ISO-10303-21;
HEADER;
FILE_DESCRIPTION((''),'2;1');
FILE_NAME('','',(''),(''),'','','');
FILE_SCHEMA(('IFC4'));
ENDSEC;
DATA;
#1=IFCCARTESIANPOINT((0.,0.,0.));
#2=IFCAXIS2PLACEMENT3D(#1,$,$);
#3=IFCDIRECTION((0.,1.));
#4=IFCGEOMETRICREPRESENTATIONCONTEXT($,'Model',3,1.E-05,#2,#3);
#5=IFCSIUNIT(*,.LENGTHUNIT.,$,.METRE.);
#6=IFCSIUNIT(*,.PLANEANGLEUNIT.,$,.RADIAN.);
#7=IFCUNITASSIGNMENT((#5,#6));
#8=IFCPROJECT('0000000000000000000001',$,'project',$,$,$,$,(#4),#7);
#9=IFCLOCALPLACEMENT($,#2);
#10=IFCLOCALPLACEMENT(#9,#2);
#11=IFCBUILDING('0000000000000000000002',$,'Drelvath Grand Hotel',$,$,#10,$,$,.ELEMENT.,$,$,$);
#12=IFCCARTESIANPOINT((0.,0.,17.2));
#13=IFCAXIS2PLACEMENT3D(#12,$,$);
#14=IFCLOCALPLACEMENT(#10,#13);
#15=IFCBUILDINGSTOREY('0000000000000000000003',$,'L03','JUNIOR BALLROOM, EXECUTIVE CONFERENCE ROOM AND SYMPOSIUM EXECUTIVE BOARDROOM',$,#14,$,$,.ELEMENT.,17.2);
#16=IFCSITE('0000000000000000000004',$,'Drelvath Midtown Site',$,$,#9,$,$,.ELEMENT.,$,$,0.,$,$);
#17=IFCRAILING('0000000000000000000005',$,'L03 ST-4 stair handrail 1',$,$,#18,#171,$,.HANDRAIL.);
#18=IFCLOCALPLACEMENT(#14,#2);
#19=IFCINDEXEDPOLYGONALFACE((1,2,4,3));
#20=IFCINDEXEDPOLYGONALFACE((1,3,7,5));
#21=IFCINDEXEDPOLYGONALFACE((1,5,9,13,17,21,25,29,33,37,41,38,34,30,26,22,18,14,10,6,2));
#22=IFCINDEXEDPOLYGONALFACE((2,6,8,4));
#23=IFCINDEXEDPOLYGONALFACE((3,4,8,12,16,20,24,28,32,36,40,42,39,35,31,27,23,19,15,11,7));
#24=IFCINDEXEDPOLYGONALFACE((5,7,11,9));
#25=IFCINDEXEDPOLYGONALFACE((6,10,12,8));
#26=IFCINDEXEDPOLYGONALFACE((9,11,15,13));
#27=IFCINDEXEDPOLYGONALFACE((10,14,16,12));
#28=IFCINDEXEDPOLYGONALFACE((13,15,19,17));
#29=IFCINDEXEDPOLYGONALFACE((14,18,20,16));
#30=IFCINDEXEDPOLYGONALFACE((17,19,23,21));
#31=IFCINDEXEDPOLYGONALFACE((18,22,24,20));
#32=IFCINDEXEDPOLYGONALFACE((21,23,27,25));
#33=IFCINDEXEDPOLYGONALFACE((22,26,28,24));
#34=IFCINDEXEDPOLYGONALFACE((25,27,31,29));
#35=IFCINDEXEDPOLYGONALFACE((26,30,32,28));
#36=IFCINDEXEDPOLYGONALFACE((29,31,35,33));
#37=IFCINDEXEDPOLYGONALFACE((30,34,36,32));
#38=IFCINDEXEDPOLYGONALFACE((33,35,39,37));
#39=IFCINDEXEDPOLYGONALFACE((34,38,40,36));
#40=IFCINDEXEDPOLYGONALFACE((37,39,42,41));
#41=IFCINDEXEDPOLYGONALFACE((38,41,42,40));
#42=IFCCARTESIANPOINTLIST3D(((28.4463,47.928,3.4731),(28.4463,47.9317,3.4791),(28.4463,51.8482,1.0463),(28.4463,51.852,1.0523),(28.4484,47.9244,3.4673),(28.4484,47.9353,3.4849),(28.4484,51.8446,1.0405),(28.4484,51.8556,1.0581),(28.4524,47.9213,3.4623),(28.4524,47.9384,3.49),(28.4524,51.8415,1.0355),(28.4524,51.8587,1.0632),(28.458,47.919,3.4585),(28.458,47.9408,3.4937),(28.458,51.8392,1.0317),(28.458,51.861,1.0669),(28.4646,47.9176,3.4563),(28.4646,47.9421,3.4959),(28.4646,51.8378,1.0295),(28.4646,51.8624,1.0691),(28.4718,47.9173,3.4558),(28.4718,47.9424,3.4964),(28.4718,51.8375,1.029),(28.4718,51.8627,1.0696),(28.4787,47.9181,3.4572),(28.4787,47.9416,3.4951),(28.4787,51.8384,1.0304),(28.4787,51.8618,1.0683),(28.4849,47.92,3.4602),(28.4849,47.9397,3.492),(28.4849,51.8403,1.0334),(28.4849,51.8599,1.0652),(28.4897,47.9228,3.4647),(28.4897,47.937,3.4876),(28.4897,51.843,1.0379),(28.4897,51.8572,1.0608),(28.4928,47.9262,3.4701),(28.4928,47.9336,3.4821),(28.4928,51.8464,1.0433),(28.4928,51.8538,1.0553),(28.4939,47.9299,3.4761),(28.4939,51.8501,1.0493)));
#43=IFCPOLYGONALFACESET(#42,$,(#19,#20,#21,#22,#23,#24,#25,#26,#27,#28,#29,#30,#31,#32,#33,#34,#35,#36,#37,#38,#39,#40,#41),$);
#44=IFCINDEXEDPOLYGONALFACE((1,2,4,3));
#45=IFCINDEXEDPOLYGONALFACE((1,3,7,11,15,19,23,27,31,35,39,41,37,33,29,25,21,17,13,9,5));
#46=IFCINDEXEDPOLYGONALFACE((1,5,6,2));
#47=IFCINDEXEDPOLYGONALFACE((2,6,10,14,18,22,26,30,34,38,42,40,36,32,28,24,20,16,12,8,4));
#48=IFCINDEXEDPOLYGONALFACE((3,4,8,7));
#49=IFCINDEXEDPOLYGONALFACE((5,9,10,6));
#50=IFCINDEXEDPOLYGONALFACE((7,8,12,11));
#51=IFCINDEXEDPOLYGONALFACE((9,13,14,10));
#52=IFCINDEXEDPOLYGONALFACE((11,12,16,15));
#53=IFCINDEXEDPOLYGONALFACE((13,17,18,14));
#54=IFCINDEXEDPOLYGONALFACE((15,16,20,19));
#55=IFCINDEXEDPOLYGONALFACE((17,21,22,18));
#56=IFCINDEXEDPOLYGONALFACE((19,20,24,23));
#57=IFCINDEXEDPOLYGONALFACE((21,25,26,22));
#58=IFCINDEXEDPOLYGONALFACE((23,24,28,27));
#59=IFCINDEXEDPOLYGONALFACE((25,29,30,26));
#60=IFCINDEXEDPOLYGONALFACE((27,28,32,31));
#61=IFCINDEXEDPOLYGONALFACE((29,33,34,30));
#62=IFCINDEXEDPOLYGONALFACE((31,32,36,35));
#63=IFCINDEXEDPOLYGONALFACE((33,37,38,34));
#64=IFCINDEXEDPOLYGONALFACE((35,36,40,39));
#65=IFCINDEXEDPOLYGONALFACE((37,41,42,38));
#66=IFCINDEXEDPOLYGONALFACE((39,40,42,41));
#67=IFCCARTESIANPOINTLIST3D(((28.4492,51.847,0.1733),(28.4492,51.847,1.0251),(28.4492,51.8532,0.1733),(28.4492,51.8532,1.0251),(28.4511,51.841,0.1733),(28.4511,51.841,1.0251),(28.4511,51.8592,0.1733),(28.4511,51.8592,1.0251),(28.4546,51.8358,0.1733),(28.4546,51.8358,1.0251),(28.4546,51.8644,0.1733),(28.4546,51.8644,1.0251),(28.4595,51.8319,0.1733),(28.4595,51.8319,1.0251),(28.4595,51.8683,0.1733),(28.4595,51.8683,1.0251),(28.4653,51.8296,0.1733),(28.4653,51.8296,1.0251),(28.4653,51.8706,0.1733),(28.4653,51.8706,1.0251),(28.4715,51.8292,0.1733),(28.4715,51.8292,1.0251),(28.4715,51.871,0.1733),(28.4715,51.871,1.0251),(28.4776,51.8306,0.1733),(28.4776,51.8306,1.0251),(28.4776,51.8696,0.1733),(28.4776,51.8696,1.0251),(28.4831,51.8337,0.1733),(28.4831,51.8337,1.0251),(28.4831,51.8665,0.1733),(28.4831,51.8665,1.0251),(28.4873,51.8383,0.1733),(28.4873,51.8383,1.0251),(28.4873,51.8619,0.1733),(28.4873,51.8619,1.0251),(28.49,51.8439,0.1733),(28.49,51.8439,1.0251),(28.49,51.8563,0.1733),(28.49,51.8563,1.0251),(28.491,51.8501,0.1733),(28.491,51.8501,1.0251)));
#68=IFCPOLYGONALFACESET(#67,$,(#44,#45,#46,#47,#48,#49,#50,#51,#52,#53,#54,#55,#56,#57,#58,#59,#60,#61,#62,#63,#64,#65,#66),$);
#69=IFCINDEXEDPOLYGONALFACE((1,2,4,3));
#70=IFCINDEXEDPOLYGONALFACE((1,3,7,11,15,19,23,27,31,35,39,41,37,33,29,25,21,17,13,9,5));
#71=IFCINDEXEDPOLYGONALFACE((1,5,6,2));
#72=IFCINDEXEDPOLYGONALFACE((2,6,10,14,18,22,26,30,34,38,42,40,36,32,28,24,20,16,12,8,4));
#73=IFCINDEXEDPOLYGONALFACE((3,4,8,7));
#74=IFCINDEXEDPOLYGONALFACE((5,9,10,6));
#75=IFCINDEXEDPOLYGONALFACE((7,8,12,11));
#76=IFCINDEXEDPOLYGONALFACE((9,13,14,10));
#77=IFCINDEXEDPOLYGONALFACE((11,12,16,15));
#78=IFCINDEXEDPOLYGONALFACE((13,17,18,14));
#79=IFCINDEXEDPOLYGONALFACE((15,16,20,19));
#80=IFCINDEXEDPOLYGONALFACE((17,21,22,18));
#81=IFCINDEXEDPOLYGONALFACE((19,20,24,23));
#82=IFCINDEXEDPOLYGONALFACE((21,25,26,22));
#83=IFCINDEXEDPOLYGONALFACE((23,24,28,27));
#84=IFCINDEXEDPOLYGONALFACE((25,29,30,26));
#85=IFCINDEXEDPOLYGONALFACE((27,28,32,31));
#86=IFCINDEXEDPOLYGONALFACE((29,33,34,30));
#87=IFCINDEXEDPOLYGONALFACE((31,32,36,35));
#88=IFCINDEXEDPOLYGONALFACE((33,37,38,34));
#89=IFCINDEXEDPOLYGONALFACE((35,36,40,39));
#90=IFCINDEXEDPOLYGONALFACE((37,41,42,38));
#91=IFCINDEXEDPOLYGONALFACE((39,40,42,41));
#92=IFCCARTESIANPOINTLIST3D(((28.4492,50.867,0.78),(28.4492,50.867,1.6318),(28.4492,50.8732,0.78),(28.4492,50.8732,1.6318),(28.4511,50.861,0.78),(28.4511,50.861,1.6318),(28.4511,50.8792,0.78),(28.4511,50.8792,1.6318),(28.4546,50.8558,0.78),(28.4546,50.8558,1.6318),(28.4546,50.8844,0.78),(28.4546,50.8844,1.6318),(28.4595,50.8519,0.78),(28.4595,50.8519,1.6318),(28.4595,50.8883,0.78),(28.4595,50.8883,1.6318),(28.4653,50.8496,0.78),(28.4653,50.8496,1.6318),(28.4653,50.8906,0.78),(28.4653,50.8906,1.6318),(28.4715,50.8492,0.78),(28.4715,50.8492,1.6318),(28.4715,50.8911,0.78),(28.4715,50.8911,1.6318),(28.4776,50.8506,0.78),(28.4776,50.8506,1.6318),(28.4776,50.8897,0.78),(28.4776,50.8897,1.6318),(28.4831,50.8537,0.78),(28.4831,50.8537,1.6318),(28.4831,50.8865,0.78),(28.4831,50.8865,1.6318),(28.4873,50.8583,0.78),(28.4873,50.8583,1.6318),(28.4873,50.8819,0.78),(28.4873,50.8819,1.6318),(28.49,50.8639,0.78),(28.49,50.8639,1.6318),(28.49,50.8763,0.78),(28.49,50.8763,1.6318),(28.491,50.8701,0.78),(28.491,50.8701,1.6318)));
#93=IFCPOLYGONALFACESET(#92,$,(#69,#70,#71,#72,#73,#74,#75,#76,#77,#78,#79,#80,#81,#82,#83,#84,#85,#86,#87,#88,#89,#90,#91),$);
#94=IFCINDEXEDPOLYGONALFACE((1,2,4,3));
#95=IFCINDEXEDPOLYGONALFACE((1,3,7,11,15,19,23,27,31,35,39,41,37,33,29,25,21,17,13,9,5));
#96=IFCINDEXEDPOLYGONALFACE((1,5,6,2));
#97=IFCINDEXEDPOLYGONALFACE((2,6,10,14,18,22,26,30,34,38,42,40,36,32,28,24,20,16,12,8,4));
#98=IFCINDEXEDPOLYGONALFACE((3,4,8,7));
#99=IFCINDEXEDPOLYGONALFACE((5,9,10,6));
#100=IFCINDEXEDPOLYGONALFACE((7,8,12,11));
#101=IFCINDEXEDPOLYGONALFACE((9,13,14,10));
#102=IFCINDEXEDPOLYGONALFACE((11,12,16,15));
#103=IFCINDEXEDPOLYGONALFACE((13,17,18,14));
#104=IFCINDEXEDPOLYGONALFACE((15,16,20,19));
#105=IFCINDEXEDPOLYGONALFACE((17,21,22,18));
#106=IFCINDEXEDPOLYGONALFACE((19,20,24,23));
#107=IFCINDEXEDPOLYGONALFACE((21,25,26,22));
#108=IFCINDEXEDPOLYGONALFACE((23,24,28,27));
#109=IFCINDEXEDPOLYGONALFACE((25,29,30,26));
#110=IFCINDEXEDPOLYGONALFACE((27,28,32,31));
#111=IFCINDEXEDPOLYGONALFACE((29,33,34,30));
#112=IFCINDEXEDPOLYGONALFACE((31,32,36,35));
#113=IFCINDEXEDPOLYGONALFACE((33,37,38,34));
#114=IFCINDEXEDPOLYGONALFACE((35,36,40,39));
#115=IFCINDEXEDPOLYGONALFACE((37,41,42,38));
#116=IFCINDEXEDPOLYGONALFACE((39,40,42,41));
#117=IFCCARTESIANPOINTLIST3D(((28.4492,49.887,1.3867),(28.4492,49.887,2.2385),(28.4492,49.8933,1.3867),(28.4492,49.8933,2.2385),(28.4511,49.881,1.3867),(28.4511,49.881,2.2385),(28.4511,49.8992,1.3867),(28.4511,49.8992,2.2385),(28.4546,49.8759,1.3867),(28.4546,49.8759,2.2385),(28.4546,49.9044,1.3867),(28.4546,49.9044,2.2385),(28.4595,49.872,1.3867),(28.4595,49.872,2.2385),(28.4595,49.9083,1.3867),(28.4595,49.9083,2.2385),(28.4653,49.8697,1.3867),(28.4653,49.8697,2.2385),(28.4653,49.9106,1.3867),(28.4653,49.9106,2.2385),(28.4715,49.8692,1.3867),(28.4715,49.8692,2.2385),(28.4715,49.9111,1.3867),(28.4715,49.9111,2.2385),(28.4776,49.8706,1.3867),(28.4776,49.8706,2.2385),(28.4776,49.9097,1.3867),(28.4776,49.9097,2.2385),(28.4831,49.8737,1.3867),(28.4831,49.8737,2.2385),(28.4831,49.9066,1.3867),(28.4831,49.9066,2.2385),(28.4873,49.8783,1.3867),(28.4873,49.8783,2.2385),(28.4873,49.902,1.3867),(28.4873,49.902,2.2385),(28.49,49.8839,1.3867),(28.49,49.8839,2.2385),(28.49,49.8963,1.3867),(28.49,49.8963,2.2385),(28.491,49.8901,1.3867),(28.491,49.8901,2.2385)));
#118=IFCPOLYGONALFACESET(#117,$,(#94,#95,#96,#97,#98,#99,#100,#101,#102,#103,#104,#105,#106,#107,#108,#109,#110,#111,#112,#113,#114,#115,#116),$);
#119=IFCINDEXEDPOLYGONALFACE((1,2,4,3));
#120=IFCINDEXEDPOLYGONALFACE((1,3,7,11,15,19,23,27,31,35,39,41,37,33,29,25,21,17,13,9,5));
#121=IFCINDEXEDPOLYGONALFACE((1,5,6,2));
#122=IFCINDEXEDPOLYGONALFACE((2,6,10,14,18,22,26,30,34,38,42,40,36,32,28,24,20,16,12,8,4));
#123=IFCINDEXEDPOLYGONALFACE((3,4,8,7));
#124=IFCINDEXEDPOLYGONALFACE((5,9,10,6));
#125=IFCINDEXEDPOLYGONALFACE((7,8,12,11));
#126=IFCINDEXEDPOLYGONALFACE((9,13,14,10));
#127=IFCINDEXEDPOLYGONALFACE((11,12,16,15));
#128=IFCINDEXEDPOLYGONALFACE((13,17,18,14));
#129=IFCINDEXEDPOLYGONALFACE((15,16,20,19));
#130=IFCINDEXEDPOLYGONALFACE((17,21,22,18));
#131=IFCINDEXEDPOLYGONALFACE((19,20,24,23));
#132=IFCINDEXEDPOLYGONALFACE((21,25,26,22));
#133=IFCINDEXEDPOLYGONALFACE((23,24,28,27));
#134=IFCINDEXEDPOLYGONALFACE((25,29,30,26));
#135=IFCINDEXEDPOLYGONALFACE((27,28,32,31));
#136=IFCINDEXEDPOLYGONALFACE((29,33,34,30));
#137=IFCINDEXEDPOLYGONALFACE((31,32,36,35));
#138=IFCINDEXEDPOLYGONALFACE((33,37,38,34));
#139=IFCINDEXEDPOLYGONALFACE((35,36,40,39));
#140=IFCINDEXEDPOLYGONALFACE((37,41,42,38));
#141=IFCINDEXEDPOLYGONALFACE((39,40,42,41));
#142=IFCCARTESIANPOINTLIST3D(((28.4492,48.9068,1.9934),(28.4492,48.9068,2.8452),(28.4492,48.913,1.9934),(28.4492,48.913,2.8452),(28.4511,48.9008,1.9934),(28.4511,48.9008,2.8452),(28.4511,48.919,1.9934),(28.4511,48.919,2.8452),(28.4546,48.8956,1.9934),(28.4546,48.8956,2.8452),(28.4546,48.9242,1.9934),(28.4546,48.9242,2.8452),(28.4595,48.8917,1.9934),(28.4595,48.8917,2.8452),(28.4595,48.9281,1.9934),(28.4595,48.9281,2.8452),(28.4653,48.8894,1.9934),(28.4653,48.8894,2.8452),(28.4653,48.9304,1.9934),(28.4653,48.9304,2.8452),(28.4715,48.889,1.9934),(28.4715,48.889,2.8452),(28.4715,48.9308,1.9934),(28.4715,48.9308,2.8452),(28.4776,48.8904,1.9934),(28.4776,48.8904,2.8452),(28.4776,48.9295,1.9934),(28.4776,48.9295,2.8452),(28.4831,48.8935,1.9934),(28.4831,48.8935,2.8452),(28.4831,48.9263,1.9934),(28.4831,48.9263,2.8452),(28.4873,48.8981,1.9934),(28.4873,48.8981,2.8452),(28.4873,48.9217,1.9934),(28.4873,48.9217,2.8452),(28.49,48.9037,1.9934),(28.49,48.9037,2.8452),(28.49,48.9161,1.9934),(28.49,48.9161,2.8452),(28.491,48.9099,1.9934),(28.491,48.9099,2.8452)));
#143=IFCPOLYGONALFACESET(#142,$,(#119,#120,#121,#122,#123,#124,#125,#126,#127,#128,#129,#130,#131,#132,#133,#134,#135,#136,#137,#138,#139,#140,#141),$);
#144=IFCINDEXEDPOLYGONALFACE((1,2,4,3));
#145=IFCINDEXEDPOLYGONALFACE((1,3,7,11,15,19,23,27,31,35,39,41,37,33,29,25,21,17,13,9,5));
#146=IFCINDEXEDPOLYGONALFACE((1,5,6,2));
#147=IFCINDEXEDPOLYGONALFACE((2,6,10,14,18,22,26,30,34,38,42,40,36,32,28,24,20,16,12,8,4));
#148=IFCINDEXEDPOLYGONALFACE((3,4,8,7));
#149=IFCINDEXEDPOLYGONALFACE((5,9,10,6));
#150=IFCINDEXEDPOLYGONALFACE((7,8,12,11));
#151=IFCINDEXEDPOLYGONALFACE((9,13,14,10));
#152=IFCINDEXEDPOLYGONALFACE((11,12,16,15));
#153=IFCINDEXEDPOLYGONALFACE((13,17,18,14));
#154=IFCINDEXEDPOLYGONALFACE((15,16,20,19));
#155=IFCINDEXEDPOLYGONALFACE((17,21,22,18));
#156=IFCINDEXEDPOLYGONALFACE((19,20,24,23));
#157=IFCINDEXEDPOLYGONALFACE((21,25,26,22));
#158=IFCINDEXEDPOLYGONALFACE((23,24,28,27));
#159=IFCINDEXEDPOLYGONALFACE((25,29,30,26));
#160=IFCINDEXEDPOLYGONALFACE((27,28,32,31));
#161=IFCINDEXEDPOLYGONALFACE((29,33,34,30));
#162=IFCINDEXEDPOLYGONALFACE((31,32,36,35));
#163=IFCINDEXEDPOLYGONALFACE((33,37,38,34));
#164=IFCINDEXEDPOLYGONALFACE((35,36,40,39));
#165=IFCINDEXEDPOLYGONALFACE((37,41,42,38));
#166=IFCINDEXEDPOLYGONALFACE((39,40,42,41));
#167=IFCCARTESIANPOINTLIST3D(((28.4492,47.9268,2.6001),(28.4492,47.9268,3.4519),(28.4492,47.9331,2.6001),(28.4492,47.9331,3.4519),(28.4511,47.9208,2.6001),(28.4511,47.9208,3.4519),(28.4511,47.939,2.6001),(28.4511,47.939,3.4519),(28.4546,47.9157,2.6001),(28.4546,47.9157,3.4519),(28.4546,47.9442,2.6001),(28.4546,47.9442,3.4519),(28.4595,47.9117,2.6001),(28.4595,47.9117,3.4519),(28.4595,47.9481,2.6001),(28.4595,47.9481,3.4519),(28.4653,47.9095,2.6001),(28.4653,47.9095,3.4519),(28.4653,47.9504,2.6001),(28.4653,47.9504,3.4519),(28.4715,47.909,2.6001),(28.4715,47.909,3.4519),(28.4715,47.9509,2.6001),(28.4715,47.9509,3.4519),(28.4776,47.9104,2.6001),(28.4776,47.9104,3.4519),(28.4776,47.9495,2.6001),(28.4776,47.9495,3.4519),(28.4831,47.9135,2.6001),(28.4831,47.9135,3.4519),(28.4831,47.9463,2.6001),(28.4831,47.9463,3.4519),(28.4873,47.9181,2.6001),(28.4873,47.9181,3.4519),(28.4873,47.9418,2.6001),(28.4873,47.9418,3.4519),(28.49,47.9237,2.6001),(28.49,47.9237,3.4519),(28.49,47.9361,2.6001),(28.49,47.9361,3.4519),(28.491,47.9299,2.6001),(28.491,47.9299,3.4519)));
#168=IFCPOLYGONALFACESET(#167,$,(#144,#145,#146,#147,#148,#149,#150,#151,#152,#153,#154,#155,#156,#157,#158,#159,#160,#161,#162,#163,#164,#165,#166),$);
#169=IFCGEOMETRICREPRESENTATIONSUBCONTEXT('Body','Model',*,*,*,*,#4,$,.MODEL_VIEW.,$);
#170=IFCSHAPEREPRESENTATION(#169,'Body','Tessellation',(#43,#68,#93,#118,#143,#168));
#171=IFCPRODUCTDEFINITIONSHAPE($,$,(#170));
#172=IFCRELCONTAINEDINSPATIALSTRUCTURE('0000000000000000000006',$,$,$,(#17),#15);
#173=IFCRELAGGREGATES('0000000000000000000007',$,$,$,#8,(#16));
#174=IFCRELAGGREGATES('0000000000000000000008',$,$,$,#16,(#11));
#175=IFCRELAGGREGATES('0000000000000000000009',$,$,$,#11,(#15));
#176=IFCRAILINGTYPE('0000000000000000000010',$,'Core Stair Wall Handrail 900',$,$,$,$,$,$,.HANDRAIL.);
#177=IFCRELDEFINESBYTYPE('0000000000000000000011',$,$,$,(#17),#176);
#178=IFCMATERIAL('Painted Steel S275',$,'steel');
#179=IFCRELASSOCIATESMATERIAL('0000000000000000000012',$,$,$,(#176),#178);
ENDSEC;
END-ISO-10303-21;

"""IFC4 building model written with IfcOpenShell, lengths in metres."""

from ifc_helpers import new_model, si_unit, direction, frame, origin, origin_2d, place, context, subcontext, project, spatial, circle, extrude, material, type_object, element, save


model = new_model("IFC4")

# Units and contexts
model_context = context("Model", 3, precision=1e-05, world=origin(), true_north=direction((0.0, 1.0)))
body_context = subcontext(model_context, "Body", "Model", "MODEL_VIEW")
ifc_project = project(units=[si_unit("LENGTHUNIT", "METRE"), si_unit("PLANEANGLEUNIT", "RADIAN")], contexts=[model_context])

# Site, building, storey
site_placement = place(None, origin())
site = spatial("IfcSite", under=ifc_project, at=site_placement, Name="Drelvath Midtown Site", CompositionType="ELEMENT", RefElevation=0.0)
building_placement = place(site_placement, origin())
building = spatial("IfcBuilding", under=site, at=building_placement, Name="Drelvath Grand Hotel", CompositionType="ELEMENT")
storey_placement = place(building_placement, frame((0.0, 0.0, 17.2)))
storey = spatial("IfcBuildingStorey", under=building, at=storey_placement, Name="L03", Description="JUNIOR BALLROOM, EXECUTIVE CONFERENCE ROOM AND SYMPOSIUM EXECUTIVE BOARDROOM", CompositionType="ELEMENT", Elevation=17.2)

# Railing
ifc_material_1 = material(Name="Painted Steel S275", Category="steel")
railing_type_1 = type_object("IfcRailingType", Name="Core Stair Wall Handrail 900", PredefinedType="HANDRAIL", material=ifc_material_1)
railing_1_placement = place(storey_placement, frame((28.47, 51.8501, 0.1733)))
element("IfcRailing", 1, at=railing_1_placement, inside=storey, type_object=railing_type_1, Name="L03 ST-4 stair handrail 1", PredefinedType="HANDRAIL", context=body_context, shape_type="SweptSolid", body=[
    extrude(circle(Radius=0.0239, at=origin_2d()), frame((0.0, 0.0, 0.876), z_axis=(0.0, -0.850266, 0.526353), x_axis=(1.0, 0.0, 0.0)), (0.0, 0.0, 1.0), 4.6106),
    extrude(circle(Radius=0.021, at=origin_2d()), origin(), (0.0, 0.0, 1.0), 0.8518),
    extrude(circle(Radius=0.021, at=origin_2d()), frame((0.0, -0.98, 0.6067)), (0.0, 0.0, 1.0), 0.8518),
    extrude(circle(Radius=0.021, at=origin_2d()), frame((0.0, -1.96, 1.2134)), (0.0, 0.0, 1.0), 0.8518),
    extrude(circle(Radius=0.021, at=origin_2d()), frame((0.0, -2.9402, 1.8201)), (0.0, 0.0, 1.0), 0.8518),
    extrude(circle(Radius=0.021, at=origin_2d()), frame((0.0, -3.9202, 2.4268)), (0.0, 0.0, 1.0), 0.8518),
])

save(model, "model.ifc")
